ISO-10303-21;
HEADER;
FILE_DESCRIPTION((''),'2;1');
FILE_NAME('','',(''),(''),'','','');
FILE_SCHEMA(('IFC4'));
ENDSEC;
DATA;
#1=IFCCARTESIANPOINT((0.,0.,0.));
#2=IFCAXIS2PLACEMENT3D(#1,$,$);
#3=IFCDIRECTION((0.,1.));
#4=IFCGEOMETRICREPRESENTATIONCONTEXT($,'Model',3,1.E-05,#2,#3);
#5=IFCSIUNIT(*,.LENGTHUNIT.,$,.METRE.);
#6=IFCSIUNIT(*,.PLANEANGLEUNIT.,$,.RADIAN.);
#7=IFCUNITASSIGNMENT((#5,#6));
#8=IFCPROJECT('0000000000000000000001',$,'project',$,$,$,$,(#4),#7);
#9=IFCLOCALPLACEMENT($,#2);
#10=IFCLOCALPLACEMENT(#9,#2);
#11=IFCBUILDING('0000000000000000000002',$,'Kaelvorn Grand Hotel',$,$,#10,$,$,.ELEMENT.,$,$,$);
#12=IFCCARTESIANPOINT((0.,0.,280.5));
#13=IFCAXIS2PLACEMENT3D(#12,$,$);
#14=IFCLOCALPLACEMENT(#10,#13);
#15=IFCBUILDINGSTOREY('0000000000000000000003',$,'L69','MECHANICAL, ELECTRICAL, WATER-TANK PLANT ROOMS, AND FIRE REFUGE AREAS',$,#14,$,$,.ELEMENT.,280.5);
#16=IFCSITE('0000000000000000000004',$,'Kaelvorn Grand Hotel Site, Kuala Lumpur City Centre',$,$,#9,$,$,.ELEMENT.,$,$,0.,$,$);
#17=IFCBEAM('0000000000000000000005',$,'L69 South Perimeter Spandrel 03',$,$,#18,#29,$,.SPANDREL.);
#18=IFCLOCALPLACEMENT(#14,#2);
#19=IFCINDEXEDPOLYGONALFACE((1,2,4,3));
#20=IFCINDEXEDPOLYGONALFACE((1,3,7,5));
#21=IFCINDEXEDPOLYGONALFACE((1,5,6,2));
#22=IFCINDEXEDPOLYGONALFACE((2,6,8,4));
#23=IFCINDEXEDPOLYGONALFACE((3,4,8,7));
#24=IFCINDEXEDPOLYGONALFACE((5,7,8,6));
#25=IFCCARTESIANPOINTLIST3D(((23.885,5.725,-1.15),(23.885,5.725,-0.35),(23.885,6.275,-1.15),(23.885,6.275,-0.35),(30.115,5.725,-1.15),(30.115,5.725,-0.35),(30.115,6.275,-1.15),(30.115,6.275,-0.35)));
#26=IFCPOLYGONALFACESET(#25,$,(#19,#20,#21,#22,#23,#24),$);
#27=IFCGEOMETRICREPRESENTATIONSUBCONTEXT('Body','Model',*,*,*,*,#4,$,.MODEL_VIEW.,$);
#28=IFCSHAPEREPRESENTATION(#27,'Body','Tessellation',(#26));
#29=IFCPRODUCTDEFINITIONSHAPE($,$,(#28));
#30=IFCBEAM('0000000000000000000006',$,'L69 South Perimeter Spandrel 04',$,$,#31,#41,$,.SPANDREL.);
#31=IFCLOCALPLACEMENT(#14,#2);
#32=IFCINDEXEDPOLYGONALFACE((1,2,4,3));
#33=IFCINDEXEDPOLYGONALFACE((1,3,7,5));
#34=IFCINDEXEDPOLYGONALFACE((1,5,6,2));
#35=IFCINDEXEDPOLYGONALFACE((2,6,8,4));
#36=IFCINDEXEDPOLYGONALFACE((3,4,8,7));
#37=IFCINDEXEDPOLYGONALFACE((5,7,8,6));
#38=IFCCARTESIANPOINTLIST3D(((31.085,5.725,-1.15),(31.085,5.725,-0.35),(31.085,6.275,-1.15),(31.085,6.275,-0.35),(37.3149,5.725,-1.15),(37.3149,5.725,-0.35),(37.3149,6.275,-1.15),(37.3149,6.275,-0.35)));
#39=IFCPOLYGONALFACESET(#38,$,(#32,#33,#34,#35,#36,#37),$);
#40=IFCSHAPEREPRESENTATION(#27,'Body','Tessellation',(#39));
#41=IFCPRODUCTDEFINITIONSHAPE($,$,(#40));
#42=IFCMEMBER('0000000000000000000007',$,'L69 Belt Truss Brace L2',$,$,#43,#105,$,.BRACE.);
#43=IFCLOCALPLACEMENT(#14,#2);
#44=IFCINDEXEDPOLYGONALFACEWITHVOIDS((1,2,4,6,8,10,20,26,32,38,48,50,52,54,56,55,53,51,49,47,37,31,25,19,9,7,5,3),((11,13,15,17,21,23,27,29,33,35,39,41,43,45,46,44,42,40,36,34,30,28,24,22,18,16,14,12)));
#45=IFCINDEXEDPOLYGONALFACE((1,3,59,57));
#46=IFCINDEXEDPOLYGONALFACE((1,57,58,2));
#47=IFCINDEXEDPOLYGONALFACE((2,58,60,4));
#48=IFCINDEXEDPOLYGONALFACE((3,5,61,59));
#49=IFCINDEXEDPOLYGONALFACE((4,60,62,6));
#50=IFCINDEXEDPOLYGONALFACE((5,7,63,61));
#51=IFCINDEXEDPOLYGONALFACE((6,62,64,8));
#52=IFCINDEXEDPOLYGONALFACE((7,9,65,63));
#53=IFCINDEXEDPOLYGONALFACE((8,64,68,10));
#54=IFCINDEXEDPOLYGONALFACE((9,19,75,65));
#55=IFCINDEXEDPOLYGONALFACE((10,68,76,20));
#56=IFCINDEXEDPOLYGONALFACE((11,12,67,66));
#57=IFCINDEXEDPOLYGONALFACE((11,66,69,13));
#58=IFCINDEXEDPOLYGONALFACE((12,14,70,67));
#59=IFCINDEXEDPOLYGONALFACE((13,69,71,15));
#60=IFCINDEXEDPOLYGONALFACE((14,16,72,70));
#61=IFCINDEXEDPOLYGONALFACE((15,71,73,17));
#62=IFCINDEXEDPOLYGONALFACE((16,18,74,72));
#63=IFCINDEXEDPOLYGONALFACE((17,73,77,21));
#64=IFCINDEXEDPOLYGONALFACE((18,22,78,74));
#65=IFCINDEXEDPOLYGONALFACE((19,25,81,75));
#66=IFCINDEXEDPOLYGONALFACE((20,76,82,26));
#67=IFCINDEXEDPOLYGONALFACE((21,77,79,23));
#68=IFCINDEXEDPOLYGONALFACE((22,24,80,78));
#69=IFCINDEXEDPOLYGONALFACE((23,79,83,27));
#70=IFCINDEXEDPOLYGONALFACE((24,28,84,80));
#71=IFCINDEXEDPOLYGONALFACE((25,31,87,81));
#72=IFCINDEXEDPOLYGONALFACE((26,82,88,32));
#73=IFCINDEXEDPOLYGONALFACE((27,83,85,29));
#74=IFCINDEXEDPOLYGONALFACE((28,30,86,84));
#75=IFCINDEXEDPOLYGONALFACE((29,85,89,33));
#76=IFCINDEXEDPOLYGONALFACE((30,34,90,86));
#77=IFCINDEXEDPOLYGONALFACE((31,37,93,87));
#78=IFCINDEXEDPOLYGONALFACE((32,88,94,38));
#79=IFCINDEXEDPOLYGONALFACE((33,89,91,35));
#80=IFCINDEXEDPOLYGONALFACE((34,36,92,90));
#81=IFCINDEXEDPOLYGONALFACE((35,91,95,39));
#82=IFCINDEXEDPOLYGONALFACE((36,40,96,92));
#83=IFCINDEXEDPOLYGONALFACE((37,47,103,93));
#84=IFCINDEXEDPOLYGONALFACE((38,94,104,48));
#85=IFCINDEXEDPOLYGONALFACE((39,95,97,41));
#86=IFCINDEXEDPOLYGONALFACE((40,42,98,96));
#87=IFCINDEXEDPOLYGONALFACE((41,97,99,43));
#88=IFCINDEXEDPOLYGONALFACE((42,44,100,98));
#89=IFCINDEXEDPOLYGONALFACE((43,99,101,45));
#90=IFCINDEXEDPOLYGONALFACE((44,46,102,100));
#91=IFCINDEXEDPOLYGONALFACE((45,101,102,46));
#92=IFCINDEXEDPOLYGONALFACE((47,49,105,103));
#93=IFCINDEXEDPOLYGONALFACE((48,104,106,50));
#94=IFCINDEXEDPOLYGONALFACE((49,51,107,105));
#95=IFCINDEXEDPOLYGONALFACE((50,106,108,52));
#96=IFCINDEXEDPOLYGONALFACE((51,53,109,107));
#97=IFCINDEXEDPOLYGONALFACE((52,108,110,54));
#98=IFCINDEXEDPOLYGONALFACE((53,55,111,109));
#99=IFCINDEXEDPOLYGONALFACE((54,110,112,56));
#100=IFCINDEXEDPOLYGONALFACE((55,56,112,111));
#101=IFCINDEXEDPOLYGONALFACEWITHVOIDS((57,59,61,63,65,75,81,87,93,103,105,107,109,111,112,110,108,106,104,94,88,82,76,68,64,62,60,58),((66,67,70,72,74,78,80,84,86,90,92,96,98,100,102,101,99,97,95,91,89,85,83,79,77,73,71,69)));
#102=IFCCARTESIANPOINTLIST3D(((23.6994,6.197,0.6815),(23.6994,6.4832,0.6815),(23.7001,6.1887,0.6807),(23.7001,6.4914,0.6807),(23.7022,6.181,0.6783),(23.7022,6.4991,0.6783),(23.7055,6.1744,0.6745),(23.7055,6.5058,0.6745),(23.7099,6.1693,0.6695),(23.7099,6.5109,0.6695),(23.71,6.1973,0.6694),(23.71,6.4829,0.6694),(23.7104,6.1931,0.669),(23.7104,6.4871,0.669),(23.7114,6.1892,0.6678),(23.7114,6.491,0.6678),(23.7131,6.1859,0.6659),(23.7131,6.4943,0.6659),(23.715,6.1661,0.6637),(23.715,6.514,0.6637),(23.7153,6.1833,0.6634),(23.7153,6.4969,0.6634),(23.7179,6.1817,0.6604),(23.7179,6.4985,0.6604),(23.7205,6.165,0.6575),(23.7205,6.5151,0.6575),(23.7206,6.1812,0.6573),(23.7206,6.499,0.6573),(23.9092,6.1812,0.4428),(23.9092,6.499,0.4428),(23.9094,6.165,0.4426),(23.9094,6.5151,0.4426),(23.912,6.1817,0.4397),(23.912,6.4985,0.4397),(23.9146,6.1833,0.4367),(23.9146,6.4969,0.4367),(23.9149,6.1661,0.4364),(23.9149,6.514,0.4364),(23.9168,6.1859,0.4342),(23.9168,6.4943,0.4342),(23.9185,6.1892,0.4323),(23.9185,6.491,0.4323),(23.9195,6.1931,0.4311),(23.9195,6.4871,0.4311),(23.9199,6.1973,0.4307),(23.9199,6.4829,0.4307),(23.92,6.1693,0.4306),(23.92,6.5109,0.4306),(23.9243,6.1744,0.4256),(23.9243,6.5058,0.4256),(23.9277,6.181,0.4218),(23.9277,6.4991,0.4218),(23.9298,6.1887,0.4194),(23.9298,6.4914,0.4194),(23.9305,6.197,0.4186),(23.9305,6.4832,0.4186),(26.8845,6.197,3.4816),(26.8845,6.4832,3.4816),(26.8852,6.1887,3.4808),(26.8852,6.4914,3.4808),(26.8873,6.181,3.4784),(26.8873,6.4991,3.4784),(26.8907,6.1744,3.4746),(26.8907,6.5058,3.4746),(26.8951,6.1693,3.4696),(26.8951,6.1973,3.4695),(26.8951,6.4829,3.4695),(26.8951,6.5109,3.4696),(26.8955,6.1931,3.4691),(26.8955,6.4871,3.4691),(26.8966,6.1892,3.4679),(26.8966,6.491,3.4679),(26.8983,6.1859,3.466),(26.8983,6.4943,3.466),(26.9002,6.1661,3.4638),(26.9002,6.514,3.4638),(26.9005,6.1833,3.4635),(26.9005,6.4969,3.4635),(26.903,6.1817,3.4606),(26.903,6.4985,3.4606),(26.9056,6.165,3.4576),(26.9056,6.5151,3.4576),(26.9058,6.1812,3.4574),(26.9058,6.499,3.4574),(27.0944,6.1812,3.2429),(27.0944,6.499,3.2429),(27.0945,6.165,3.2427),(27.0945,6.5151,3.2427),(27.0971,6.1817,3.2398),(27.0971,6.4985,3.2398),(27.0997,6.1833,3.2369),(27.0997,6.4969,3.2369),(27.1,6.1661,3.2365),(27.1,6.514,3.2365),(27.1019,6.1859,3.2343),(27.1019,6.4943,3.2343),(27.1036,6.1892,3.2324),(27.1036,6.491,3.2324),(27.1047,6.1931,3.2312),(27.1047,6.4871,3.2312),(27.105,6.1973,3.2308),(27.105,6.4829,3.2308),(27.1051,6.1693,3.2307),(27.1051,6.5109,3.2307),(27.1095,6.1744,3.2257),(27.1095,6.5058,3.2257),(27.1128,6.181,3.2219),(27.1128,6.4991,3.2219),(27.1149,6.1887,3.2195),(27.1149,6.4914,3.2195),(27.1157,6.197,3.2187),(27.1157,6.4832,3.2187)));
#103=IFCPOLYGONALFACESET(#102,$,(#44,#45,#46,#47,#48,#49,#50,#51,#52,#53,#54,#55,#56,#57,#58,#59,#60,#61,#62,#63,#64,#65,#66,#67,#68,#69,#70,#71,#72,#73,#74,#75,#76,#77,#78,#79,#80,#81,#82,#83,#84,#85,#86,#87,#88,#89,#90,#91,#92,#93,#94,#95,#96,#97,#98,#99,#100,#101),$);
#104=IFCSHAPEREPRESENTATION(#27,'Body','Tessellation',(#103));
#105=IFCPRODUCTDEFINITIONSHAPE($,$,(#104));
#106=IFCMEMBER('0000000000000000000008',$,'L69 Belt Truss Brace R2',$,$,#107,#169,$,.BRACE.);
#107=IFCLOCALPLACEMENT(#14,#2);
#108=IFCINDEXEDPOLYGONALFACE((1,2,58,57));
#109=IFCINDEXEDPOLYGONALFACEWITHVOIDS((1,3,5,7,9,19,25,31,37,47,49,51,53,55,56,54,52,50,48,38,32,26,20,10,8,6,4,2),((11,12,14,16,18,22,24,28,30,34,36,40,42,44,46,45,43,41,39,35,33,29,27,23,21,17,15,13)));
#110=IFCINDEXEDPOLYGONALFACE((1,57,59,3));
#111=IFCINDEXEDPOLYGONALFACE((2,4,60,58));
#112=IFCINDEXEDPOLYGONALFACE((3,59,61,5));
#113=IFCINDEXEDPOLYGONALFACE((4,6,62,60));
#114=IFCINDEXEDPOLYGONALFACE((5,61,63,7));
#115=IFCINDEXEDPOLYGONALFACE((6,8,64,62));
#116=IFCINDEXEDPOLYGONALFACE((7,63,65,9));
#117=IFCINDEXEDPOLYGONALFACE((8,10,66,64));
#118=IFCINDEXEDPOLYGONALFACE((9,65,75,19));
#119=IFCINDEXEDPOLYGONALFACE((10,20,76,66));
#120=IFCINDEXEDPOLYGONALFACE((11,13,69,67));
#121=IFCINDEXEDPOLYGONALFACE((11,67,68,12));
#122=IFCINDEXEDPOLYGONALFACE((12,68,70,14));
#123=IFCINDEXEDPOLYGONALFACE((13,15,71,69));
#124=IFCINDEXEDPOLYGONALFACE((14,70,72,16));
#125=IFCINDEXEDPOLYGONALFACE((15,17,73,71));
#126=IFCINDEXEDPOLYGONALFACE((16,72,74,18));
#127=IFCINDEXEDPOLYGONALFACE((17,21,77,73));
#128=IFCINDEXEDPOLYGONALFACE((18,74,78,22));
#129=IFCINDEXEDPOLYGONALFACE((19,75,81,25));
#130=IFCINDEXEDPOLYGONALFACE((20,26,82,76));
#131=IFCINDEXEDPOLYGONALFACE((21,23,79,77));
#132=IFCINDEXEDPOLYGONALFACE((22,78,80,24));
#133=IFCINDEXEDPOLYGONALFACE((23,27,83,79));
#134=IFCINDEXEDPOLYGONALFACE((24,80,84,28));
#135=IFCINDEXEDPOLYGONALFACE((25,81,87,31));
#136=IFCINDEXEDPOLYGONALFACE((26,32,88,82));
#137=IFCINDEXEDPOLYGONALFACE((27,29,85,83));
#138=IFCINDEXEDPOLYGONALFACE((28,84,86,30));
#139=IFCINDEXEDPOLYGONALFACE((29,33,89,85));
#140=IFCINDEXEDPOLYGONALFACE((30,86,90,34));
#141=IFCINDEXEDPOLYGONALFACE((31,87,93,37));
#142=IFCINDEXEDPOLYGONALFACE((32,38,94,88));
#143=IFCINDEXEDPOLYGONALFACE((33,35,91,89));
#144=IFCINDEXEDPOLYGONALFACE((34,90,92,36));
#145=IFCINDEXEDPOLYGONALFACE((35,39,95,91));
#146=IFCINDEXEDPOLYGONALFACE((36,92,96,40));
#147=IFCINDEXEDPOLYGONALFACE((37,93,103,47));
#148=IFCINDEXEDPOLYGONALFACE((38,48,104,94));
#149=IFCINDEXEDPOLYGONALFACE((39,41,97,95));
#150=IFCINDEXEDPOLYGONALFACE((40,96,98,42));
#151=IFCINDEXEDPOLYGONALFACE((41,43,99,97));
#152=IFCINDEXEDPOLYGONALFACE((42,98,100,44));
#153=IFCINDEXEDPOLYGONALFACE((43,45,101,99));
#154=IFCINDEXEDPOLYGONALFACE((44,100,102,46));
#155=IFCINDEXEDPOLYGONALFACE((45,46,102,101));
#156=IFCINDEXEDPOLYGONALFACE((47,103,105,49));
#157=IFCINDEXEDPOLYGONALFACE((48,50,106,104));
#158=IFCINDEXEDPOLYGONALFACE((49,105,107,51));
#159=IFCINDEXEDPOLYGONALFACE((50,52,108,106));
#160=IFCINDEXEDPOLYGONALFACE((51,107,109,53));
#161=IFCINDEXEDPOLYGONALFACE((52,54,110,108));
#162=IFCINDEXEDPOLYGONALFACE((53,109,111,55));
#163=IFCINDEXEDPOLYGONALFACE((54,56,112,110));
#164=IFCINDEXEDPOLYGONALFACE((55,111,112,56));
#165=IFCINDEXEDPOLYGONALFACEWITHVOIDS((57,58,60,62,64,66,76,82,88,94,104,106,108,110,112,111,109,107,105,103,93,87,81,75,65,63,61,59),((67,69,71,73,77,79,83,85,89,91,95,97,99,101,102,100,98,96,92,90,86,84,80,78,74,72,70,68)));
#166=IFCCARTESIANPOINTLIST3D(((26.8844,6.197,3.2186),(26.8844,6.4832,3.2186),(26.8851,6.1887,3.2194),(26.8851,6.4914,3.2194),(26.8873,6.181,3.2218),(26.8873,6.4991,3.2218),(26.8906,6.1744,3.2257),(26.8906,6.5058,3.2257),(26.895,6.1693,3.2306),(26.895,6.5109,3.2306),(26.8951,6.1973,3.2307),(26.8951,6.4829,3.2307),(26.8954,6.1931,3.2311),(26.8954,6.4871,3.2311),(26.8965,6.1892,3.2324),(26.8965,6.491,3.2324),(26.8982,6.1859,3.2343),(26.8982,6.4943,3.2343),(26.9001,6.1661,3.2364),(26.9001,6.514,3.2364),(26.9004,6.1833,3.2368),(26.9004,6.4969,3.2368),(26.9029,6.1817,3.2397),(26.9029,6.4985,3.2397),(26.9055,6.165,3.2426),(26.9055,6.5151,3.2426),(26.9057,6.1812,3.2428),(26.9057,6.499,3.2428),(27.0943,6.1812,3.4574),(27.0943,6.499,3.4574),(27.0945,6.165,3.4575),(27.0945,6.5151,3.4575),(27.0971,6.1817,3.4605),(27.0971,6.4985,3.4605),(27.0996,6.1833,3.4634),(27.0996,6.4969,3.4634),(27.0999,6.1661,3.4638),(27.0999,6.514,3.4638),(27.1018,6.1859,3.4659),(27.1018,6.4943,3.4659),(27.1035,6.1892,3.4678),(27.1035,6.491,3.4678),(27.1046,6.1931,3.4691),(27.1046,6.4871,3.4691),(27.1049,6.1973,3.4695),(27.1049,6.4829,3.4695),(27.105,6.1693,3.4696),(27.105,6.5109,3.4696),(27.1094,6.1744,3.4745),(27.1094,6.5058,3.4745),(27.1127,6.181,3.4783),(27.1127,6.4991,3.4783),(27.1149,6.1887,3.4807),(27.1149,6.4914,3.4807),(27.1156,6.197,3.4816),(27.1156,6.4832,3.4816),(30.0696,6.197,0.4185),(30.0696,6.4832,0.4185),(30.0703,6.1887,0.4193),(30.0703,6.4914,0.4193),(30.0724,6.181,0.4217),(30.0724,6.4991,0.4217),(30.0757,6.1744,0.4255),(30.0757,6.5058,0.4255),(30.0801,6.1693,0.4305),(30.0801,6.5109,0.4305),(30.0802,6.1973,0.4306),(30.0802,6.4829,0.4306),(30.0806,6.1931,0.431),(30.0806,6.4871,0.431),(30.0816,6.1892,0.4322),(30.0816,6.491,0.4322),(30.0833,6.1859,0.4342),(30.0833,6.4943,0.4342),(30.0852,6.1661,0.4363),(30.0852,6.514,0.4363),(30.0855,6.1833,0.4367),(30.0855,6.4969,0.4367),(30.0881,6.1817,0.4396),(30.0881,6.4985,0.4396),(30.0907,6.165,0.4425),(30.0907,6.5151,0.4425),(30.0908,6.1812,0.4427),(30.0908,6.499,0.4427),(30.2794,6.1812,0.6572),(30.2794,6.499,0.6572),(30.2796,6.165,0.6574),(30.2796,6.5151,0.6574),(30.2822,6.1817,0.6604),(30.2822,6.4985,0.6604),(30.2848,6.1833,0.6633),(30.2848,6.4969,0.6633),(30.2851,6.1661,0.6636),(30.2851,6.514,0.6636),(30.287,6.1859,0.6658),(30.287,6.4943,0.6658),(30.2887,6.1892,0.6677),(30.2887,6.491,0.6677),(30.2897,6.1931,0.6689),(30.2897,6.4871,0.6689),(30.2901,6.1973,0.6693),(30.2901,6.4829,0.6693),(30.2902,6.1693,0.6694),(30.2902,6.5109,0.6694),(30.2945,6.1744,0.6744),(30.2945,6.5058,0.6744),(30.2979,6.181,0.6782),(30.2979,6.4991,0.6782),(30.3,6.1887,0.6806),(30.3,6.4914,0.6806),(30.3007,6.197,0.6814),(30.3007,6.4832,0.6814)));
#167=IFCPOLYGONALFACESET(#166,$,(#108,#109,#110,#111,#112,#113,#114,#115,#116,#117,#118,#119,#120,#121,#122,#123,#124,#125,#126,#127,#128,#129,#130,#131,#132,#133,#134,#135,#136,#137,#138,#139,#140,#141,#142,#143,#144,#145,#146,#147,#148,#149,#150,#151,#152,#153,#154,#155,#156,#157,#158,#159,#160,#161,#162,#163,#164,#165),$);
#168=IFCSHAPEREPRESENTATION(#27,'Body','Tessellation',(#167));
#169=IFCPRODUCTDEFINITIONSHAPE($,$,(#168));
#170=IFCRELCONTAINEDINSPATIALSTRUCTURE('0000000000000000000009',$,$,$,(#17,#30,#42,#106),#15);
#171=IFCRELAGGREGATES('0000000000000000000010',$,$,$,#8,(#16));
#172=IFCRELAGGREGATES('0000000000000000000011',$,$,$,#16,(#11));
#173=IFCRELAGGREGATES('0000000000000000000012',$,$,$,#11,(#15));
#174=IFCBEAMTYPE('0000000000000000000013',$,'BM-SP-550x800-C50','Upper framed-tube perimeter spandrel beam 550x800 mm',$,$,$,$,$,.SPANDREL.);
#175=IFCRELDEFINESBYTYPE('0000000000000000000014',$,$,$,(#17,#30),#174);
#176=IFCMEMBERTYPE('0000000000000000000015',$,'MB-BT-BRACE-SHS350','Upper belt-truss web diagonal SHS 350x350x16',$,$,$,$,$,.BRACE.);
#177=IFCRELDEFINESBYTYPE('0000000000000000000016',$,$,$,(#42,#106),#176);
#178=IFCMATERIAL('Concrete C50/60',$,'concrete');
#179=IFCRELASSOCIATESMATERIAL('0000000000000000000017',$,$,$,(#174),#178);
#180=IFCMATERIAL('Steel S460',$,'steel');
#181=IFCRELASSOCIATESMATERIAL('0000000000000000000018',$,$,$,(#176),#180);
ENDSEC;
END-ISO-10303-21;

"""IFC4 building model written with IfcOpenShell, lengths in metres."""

from ifc_helpers import new_model, si_unit, direction, frame, origin, origin_2d, place, context, subcontext, project, spatial, rectangle, hollow_rectangle, extrude, material, material_profile, profile_set, type_object, element, save


model = new_model("IFC4")

# Units and contexts
model_context = context("Model", 3, precision=1e-05, world=origin(), true_north=direction((0.0, 1.0)))
body_context = subcontext(model_context, "Body", "Model", "MODEL_VIEW")
ifc_project = project(units=[si_unit("LENGTHUNIT", "METRE"), si_unit("PLANEANGLEUNIT", "RADIAN")], contexts=[model_context])

# Site, building, storey
site_placement = place(None, origin())
site = spatial("IfcSite", under=ifc_project, at=site_placement, Name="Kaelvorn Grand Hotel Site, Kuala Lumpur City Centre", CompositionType="ELEMENT", RefElevation=0.0)
building_placement = place(site_placement, origin())
building = spatial("IfcBuilding", under=site, at=building_placement, Name="Kaelvorn Grand Hotel", CompositionType="ELEMENT")
storey_placement = place(building_placement, frame((0.0, 0.0, 280.5)))
storey = spatial("IfcBuildingStorey", under=building, at=storey_placement, Name="L69", Description="MECHANICAL, ELECTRICAL, WATER-TANK PLANT ROOMS, AND FIRE REFUGE AREAS", CompositionType="ELEMENT", Elevation=280.5)

# Shared definitions
ifc_material_1 = material(Name="Concrete C50/60", Category="concrete")

# Beams
ifc_material_profile_1 = material_profile(ifc_material_1, rectangle(XDim=0.55, YDim=0.8, at=origin_2d()), Name="RC SPANDREL 550x800")
ifc_profile_set_1 = profile_set([ifc_material_profile_1], Name="Concrete C50/60")
beam_type_1 = type_object("IfcBeamType", Name="BM-SP-550x800-C50", Description="Upper framed-tube perimeter spandrel beam 550x800 mm", PredefinedType="SPANDREL", material=ifc_profile_set_1)
for number, where, z_axis, x_axis, name in (
    (1, (23.885, 6.0, -0.75), (1.0, 0.0, 0.0), (0.0, 1.0, 0.0), "L69 South Perimeter Spandrel 03"),
    (2, (31.085, 6.0, -0.75), (1.0, 0.0, 0.0), (0.0, 1.0, 0.0), "L69 South Perimeter Spandrel 04"),
):
    element("IfcBeam", number, at=place(storey_placement, frame(where, z_axis=z_axis, x_axis=x_axis)), inside=storey, type_object=beam_type_1, Name=name, PredefinedType="SPANDREL", context=body_context, shape_type="SweptSolid", body=[
        extrude(rectangle(XDim=0.55, YDim=0.8, at=origin_2d()), origin(), (0.0, 0.0, 1.0), 6.23),
    ])

# Members
ifc_material_2 = material(Name="Steel S460", Category="steel")
ifc_material_profile_2 = material_profile(ifc_material_2, hollow_rectangle(XDim=0.3501, YDim=0.3501, WallThickness=0.0161, InnerFilletRadius=0.0161, OuterFilletRadius=0.032, at=origin_2d()), Name="SHS 350x350x16.0")
ifc_profile_set_2 = profile_set([ifc_material_profile_2], Name="Steel S460")
member_type_1 = type_object("IfcMemberType", Name="MB-BT-BRACE-SHS350", Description="Upper belt-truss web diagonal SHS 350x350x16", PredefinedType="BRACE", material=ifc_profile_set_2)
for number, where, z_axis, x_axis, name in (
    (3, (23.8149, 6.3401, 0.55), (0.751041, 0.0, 0.660255), (0.0, 1.0, 0.0), "L69 Belt Truss Brace L2"),
    (4, (27.0, 6.3401, 3.3501), (0.751041, 0.0, -0.660255), (0.0, 1.0, 0.0), "L69 Belt Truss Brace R2"),
):
    element("IfcMember", number, at=place(storey_placement, frame(where, z_axis=z_axis, x_axis=x_axis)), inside=storey, type_object=member_type_1, Name=name, PredefinedType="BRACE", context=body_context, shape_type="SweptSolid", body=[
        extrude(hollow_rectangle(XDim=0.3501, YDim=0.3501, WallThickness=0.0161, InnerFilletRadius=0.0161, OuterFilletRadius=0.032, at=origin_2d()), origin(), (0.0, 0.0, 1.0), 4.241),
    ])

save(model, "model.ifc")
